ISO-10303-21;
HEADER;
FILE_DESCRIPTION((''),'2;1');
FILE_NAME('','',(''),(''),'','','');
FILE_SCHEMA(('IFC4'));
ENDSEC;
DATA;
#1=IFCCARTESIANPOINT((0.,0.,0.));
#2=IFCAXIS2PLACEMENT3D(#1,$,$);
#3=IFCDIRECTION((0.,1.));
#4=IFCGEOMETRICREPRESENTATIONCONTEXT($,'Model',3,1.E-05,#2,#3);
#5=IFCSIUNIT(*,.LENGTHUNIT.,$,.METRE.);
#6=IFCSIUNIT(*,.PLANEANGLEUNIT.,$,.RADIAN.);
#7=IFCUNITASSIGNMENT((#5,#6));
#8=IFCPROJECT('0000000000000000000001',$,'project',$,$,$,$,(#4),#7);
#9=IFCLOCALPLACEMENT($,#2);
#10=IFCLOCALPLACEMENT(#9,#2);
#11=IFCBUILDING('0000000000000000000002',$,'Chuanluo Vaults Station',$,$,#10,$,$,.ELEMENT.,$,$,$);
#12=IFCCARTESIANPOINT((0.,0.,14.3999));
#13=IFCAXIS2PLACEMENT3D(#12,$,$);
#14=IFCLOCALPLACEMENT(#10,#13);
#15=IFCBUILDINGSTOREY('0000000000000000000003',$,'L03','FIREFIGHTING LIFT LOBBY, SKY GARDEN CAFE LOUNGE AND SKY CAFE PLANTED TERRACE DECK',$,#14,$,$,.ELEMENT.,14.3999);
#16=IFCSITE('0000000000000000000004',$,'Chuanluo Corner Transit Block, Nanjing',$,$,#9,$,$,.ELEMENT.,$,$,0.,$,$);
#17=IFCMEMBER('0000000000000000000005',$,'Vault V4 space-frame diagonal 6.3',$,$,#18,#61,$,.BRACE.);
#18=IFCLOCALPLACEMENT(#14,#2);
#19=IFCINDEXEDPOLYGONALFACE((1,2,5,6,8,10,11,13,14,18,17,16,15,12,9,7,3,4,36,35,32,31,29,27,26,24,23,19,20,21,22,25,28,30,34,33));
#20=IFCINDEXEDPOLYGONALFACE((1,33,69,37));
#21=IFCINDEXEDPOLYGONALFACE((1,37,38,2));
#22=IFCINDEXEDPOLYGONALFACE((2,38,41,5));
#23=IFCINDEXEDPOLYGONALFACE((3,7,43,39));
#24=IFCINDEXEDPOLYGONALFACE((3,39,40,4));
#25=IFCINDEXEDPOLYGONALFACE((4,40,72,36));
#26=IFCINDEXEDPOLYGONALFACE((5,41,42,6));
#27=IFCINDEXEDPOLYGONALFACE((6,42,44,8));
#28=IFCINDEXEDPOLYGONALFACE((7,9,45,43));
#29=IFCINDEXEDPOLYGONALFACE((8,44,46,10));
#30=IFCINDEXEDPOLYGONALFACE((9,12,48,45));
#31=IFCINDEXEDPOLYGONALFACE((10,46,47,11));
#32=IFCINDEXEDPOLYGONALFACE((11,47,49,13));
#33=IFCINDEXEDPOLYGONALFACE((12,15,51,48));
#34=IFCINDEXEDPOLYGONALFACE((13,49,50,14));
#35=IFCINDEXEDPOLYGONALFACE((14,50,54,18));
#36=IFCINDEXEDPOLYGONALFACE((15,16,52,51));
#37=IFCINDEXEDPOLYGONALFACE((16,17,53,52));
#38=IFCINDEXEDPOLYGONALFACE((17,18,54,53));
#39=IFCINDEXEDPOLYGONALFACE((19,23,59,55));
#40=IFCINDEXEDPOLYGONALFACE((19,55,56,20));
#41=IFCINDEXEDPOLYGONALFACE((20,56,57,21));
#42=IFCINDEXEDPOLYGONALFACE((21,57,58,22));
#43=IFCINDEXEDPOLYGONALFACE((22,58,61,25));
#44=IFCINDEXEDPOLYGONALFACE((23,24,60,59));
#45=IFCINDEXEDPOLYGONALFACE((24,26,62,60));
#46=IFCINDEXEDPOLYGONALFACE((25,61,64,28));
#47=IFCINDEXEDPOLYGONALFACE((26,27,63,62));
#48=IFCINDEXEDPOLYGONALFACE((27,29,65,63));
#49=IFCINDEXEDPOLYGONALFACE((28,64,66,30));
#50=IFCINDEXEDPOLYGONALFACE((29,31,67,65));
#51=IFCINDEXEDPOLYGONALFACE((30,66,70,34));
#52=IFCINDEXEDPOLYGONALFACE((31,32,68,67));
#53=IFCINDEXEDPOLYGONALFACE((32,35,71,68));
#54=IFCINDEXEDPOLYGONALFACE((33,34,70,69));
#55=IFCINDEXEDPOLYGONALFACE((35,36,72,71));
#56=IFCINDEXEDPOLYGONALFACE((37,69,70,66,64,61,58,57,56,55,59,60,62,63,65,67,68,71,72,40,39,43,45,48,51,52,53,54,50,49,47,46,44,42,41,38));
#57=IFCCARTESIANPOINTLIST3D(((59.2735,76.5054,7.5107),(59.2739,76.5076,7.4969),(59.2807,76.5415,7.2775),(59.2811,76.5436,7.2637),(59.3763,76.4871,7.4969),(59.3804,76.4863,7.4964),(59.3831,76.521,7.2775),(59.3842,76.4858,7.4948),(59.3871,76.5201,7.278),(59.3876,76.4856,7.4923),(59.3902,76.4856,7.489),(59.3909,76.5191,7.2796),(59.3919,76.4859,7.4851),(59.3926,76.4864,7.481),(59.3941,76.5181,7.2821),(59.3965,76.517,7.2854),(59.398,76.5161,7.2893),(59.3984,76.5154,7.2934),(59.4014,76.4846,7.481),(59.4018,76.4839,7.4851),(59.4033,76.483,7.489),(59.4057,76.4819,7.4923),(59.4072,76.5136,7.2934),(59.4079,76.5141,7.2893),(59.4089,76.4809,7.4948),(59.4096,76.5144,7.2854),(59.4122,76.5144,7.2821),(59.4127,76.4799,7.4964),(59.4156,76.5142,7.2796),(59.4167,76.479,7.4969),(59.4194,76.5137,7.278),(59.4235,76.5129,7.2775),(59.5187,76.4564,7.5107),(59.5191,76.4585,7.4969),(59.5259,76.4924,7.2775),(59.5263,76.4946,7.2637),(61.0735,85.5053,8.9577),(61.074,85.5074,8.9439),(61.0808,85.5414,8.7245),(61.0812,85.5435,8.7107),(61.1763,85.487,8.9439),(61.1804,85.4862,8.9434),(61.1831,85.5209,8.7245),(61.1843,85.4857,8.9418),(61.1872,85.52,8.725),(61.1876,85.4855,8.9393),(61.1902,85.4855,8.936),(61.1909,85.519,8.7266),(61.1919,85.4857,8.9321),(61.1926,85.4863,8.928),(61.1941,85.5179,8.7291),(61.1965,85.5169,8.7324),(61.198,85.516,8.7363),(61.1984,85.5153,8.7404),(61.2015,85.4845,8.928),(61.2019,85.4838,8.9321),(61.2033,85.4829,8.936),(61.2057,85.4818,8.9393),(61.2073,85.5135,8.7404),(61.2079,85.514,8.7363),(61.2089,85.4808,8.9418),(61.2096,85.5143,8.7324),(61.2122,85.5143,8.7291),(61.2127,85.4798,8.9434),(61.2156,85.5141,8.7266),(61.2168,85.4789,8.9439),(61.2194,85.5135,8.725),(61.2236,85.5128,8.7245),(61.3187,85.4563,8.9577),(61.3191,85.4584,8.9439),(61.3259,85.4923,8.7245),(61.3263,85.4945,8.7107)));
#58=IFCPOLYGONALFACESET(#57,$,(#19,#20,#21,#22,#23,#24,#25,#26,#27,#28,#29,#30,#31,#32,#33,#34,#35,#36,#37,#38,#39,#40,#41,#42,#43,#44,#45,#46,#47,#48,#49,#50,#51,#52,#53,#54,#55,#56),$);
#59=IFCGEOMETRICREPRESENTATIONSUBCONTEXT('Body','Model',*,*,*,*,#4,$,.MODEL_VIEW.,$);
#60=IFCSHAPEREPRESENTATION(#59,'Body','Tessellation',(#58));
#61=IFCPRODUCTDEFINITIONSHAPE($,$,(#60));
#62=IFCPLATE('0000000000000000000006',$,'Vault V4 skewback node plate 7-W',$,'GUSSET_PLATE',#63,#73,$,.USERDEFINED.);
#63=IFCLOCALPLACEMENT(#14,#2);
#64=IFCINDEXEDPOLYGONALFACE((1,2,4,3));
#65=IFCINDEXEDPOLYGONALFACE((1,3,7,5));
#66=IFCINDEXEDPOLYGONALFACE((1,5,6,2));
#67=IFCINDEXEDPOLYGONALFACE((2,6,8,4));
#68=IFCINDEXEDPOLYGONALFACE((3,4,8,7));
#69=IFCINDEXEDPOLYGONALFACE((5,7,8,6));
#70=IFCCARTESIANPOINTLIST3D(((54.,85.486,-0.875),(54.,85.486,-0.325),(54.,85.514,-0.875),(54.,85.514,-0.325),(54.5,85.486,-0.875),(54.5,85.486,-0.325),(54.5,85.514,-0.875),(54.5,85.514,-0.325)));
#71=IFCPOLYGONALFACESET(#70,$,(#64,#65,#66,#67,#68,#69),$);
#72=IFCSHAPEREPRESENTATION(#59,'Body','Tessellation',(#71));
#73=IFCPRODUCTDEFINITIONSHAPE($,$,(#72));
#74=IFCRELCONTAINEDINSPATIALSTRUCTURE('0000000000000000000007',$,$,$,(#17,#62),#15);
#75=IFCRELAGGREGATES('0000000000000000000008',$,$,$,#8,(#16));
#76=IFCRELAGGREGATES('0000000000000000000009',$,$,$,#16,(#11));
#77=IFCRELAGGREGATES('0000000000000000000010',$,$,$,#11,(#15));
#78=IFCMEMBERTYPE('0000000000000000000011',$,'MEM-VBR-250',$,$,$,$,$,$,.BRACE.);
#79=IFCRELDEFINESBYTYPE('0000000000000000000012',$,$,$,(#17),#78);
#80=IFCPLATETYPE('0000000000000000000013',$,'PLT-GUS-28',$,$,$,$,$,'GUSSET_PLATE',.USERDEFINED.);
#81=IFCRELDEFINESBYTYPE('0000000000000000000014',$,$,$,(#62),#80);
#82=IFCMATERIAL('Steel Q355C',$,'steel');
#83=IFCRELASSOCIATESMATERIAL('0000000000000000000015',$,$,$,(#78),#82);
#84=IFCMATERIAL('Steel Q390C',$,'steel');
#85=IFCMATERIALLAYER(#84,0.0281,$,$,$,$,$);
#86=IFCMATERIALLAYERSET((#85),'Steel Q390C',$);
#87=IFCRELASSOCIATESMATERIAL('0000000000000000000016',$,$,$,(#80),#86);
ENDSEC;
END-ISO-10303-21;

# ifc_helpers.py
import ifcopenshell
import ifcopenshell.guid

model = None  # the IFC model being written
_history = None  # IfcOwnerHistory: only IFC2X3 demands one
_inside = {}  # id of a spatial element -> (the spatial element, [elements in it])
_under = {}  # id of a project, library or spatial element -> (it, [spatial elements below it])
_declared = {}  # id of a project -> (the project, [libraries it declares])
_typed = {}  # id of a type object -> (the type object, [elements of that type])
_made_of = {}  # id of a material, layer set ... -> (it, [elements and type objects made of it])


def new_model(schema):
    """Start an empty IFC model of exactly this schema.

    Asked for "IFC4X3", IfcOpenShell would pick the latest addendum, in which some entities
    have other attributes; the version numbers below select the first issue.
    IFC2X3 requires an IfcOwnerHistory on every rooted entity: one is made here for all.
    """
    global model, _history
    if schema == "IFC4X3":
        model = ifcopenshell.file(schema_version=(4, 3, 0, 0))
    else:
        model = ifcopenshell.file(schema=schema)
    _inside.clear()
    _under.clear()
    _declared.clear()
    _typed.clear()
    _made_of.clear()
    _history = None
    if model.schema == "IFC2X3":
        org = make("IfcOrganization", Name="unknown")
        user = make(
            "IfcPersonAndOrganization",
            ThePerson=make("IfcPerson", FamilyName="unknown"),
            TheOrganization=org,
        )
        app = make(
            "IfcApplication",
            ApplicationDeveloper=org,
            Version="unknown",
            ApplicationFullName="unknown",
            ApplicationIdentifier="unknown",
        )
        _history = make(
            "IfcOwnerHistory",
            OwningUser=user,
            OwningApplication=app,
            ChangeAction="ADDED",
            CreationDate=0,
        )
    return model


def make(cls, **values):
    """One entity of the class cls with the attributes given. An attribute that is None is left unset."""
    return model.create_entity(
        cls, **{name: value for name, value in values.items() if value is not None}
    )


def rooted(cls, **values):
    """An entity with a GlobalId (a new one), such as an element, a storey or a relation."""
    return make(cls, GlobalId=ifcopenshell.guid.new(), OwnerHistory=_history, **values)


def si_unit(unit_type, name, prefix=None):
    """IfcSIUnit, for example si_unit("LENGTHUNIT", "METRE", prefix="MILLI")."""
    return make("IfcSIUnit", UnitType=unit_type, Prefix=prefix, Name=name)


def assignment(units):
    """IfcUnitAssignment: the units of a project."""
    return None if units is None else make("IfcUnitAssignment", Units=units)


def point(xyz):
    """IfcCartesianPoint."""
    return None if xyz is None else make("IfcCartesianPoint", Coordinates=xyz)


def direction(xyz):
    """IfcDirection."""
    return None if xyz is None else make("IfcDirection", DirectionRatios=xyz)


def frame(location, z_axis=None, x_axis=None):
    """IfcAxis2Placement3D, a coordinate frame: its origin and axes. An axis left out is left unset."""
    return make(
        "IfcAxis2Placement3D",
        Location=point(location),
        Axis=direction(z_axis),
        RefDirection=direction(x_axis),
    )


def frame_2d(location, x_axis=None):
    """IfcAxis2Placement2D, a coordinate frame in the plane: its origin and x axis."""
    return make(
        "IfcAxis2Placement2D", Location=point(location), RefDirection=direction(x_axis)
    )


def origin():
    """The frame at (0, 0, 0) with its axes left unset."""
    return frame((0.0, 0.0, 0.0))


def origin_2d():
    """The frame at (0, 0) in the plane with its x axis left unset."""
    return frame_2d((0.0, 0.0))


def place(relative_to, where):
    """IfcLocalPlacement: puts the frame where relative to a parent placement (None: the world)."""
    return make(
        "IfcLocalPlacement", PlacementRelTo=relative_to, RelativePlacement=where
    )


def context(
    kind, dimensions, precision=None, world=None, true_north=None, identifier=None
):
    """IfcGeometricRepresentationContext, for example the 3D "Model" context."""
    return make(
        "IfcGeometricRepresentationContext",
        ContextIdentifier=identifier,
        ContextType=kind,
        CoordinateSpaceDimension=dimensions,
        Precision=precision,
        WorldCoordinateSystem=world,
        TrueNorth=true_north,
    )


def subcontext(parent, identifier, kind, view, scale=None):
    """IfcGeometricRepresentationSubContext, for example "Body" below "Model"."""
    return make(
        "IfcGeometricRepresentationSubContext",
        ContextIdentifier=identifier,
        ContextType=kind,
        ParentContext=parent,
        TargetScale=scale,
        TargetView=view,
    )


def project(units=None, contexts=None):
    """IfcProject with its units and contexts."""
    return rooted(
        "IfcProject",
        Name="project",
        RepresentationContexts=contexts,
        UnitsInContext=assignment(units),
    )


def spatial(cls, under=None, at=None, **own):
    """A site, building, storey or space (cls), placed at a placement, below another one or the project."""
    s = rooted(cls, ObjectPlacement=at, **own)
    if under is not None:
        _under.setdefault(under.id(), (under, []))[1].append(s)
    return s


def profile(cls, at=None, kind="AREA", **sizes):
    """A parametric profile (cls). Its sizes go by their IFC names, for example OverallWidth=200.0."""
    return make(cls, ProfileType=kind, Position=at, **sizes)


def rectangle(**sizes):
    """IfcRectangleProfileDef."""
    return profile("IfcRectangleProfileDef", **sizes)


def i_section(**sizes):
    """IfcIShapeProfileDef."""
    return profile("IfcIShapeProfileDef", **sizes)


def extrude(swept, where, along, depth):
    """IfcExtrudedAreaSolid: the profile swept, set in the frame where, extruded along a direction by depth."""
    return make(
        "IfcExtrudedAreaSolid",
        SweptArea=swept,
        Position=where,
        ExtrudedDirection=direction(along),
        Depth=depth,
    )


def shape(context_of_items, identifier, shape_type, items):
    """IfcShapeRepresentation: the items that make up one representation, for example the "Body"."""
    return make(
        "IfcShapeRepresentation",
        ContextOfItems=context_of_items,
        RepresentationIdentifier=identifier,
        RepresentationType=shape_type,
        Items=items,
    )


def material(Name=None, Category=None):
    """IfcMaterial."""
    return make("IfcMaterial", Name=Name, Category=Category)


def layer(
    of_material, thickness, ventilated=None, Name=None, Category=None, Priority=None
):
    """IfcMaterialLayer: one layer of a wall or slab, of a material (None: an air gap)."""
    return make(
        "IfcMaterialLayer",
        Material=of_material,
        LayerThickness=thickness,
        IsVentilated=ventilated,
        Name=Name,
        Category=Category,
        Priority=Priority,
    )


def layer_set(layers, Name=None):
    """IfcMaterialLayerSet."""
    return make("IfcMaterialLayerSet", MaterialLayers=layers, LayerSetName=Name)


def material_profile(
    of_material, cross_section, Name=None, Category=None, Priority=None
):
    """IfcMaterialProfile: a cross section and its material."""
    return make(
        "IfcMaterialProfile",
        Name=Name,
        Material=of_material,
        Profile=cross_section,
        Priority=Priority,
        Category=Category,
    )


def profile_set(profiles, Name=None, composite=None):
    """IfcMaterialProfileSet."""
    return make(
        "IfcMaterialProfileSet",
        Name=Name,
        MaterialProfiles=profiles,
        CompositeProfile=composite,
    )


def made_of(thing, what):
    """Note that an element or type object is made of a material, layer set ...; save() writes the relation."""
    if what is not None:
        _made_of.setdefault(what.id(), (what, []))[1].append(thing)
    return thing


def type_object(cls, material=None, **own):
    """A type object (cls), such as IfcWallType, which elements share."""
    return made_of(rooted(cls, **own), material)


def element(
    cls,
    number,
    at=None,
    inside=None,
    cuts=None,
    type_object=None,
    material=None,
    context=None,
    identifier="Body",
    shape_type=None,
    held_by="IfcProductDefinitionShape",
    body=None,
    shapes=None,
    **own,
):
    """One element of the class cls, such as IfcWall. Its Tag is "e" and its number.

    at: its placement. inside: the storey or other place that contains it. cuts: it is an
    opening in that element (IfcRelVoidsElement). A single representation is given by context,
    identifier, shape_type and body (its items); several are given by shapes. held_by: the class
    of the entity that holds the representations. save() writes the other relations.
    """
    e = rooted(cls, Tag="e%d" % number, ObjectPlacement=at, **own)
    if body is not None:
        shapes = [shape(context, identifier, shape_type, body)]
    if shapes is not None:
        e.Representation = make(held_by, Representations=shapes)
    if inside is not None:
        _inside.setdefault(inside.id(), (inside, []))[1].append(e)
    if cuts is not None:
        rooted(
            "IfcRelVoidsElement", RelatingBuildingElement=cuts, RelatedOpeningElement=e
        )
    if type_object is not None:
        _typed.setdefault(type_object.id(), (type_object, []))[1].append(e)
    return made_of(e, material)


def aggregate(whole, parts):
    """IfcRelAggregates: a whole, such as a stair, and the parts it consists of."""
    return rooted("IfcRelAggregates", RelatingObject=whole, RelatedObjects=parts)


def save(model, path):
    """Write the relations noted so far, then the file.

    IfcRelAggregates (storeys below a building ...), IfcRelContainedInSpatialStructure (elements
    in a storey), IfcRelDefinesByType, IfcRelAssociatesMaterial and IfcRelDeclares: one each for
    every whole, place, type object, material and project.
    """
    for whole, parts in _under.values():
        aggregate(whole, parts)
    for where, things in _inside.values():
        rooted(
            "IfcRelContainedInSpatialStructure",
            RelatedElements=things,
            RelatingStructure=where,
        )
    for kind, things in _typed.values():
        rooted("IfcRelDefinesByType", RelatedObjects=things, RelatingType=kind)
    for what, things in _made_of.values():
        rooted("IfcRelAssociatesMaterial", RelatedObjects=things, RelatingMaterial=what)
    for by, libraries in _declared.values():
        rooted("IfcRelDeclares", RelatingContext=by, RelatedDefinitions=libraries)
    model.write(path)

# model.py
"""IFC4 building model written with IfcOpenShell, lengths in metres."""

from ifc_helpers import new_model, si_unit, direction, frame, origin, origin_2d, place, context, subcontext, project, spatial, rectangle, i_section, extrude, material, layer, layer_set, material_profile, profile_set, type_object, element, save


model = new_model("IFC4")

# Units and contexts
model_context = context("Model", 3, precision=1e-05, world=origin(), true_north=direction((0.0, 1.0)))
body_context = subcontext(model_context, "Body", "Model", "MODEL_VIEW")
ifc_project = project(units=[si_unit("LENGTHUNIT", "METRE"), si_unit("PLANEANGLEUNIT", "RADIAN")], contexts=[model_context])

# Site, building, storey
site_placement = place(None, origin())
site = spatial("IfcSite", under=ifc_project, at=site_placement, Name="Chuanluo Corner Transit Block, Nanjing", CompositionType="ELEMENT", RefElevation=0.0)
building_placement = place(site_placement, origin())
building = spatial("IfcBuilding", under=site, at=building_placement, Name="Chuanluo Vaults Station", CompositionType="ELEMENT")
storey_placement = place(building_placement, frame((0.0, 0.0, 14.3999)))
storey = spatial("IfcBuildingStorey", under=building, at=storey_placement, Name="L03", Description="FIREFIGHTING LIFT LOBBY, SKY GARDEN CAFE LOUNGE AND SKY CAFE PLANTED TERRACE DECK", CompositionType="ELEMENT", Elevation=14.3999)

# Member
ifc_material_1 = material(Name="Steel Q355C", Category="steel")
ifc_material_profile_1 = material_profile(ifc_material_1, i_section(OverallWidth=0.25, OverallDepth=0.25, WebThickness=0.009, FlangeThickness=0.0139, FilletRadius=0.0161, at=origin_2d()))
ifc_profile_set_1 = profile_set([ifc_material_profile_1], Name="Steel Q355C")
member_type_1 = type_object("IfcMemberType", Name="MEM-VBR-250", PredefinedType="BRACE", material=ifc_profile_set_1)
member_1_placement = place(storey_placement, frame((59.3999, 76.5, 7.3872), z_axis=(0.193728, 0.968616, 0.155734), x_axis=(-0.98058, 0.196121, 0.0)))
element("IfcMember", 1, at=member_1_placement, inside=storey, type_object=member_type_1, Name="Vault V4 space-frame diagonal 6.3", PredefinedType="BRACE", context=body_context, shape_type="SweptSolid", body=[
    extrude(i_section(OverallWidth=0.25, OverallDepth=0.25, WebThickness=0.009, FlangeThickness=0.0139, FilletRadius=0.0161, at=origin_2d()), origin(), (0.0, 0.0, 1.0), 9.2915),
])

# Plate
ifc_material_2 = material(Name="Steel Q390C", Category="steel")
ifc_layer = layer(ifc_material_2, 0.0281)
ifc_layer_set = layer_set([ifc_layer], Name="Steel Q390C")
plate_type = type_object("IfcPlateType", Name="PLT-GUS-28", ElementType="GUSSET_PLATE", PredefinedType="USERDEFINED", material=ifc_layer_set)
plate_placement = place(storey_placement, frame((54.25, 85.5, -0.875), z_axis=(0.0, 0.0, 1.0), x_axis=(1.0, 0.0, 0.0)))
element("IfcPlate", 2, at=plate_placement, inside=storey, type_object=plate_type, Name="Vault V4 skewback node plate 7-W", ObjectType="GUSSET_PLATE", PredefinedType="USERDEFINED", context=body_context, shape_type="SweptSolid", body=[
    extrude(rectangle(XDim=0.5, YDim=0.0281, at=origin_2d()), origin(), (0.0, 0.0, 1.0), 0.55),
])

save(model, "model.ifc")
